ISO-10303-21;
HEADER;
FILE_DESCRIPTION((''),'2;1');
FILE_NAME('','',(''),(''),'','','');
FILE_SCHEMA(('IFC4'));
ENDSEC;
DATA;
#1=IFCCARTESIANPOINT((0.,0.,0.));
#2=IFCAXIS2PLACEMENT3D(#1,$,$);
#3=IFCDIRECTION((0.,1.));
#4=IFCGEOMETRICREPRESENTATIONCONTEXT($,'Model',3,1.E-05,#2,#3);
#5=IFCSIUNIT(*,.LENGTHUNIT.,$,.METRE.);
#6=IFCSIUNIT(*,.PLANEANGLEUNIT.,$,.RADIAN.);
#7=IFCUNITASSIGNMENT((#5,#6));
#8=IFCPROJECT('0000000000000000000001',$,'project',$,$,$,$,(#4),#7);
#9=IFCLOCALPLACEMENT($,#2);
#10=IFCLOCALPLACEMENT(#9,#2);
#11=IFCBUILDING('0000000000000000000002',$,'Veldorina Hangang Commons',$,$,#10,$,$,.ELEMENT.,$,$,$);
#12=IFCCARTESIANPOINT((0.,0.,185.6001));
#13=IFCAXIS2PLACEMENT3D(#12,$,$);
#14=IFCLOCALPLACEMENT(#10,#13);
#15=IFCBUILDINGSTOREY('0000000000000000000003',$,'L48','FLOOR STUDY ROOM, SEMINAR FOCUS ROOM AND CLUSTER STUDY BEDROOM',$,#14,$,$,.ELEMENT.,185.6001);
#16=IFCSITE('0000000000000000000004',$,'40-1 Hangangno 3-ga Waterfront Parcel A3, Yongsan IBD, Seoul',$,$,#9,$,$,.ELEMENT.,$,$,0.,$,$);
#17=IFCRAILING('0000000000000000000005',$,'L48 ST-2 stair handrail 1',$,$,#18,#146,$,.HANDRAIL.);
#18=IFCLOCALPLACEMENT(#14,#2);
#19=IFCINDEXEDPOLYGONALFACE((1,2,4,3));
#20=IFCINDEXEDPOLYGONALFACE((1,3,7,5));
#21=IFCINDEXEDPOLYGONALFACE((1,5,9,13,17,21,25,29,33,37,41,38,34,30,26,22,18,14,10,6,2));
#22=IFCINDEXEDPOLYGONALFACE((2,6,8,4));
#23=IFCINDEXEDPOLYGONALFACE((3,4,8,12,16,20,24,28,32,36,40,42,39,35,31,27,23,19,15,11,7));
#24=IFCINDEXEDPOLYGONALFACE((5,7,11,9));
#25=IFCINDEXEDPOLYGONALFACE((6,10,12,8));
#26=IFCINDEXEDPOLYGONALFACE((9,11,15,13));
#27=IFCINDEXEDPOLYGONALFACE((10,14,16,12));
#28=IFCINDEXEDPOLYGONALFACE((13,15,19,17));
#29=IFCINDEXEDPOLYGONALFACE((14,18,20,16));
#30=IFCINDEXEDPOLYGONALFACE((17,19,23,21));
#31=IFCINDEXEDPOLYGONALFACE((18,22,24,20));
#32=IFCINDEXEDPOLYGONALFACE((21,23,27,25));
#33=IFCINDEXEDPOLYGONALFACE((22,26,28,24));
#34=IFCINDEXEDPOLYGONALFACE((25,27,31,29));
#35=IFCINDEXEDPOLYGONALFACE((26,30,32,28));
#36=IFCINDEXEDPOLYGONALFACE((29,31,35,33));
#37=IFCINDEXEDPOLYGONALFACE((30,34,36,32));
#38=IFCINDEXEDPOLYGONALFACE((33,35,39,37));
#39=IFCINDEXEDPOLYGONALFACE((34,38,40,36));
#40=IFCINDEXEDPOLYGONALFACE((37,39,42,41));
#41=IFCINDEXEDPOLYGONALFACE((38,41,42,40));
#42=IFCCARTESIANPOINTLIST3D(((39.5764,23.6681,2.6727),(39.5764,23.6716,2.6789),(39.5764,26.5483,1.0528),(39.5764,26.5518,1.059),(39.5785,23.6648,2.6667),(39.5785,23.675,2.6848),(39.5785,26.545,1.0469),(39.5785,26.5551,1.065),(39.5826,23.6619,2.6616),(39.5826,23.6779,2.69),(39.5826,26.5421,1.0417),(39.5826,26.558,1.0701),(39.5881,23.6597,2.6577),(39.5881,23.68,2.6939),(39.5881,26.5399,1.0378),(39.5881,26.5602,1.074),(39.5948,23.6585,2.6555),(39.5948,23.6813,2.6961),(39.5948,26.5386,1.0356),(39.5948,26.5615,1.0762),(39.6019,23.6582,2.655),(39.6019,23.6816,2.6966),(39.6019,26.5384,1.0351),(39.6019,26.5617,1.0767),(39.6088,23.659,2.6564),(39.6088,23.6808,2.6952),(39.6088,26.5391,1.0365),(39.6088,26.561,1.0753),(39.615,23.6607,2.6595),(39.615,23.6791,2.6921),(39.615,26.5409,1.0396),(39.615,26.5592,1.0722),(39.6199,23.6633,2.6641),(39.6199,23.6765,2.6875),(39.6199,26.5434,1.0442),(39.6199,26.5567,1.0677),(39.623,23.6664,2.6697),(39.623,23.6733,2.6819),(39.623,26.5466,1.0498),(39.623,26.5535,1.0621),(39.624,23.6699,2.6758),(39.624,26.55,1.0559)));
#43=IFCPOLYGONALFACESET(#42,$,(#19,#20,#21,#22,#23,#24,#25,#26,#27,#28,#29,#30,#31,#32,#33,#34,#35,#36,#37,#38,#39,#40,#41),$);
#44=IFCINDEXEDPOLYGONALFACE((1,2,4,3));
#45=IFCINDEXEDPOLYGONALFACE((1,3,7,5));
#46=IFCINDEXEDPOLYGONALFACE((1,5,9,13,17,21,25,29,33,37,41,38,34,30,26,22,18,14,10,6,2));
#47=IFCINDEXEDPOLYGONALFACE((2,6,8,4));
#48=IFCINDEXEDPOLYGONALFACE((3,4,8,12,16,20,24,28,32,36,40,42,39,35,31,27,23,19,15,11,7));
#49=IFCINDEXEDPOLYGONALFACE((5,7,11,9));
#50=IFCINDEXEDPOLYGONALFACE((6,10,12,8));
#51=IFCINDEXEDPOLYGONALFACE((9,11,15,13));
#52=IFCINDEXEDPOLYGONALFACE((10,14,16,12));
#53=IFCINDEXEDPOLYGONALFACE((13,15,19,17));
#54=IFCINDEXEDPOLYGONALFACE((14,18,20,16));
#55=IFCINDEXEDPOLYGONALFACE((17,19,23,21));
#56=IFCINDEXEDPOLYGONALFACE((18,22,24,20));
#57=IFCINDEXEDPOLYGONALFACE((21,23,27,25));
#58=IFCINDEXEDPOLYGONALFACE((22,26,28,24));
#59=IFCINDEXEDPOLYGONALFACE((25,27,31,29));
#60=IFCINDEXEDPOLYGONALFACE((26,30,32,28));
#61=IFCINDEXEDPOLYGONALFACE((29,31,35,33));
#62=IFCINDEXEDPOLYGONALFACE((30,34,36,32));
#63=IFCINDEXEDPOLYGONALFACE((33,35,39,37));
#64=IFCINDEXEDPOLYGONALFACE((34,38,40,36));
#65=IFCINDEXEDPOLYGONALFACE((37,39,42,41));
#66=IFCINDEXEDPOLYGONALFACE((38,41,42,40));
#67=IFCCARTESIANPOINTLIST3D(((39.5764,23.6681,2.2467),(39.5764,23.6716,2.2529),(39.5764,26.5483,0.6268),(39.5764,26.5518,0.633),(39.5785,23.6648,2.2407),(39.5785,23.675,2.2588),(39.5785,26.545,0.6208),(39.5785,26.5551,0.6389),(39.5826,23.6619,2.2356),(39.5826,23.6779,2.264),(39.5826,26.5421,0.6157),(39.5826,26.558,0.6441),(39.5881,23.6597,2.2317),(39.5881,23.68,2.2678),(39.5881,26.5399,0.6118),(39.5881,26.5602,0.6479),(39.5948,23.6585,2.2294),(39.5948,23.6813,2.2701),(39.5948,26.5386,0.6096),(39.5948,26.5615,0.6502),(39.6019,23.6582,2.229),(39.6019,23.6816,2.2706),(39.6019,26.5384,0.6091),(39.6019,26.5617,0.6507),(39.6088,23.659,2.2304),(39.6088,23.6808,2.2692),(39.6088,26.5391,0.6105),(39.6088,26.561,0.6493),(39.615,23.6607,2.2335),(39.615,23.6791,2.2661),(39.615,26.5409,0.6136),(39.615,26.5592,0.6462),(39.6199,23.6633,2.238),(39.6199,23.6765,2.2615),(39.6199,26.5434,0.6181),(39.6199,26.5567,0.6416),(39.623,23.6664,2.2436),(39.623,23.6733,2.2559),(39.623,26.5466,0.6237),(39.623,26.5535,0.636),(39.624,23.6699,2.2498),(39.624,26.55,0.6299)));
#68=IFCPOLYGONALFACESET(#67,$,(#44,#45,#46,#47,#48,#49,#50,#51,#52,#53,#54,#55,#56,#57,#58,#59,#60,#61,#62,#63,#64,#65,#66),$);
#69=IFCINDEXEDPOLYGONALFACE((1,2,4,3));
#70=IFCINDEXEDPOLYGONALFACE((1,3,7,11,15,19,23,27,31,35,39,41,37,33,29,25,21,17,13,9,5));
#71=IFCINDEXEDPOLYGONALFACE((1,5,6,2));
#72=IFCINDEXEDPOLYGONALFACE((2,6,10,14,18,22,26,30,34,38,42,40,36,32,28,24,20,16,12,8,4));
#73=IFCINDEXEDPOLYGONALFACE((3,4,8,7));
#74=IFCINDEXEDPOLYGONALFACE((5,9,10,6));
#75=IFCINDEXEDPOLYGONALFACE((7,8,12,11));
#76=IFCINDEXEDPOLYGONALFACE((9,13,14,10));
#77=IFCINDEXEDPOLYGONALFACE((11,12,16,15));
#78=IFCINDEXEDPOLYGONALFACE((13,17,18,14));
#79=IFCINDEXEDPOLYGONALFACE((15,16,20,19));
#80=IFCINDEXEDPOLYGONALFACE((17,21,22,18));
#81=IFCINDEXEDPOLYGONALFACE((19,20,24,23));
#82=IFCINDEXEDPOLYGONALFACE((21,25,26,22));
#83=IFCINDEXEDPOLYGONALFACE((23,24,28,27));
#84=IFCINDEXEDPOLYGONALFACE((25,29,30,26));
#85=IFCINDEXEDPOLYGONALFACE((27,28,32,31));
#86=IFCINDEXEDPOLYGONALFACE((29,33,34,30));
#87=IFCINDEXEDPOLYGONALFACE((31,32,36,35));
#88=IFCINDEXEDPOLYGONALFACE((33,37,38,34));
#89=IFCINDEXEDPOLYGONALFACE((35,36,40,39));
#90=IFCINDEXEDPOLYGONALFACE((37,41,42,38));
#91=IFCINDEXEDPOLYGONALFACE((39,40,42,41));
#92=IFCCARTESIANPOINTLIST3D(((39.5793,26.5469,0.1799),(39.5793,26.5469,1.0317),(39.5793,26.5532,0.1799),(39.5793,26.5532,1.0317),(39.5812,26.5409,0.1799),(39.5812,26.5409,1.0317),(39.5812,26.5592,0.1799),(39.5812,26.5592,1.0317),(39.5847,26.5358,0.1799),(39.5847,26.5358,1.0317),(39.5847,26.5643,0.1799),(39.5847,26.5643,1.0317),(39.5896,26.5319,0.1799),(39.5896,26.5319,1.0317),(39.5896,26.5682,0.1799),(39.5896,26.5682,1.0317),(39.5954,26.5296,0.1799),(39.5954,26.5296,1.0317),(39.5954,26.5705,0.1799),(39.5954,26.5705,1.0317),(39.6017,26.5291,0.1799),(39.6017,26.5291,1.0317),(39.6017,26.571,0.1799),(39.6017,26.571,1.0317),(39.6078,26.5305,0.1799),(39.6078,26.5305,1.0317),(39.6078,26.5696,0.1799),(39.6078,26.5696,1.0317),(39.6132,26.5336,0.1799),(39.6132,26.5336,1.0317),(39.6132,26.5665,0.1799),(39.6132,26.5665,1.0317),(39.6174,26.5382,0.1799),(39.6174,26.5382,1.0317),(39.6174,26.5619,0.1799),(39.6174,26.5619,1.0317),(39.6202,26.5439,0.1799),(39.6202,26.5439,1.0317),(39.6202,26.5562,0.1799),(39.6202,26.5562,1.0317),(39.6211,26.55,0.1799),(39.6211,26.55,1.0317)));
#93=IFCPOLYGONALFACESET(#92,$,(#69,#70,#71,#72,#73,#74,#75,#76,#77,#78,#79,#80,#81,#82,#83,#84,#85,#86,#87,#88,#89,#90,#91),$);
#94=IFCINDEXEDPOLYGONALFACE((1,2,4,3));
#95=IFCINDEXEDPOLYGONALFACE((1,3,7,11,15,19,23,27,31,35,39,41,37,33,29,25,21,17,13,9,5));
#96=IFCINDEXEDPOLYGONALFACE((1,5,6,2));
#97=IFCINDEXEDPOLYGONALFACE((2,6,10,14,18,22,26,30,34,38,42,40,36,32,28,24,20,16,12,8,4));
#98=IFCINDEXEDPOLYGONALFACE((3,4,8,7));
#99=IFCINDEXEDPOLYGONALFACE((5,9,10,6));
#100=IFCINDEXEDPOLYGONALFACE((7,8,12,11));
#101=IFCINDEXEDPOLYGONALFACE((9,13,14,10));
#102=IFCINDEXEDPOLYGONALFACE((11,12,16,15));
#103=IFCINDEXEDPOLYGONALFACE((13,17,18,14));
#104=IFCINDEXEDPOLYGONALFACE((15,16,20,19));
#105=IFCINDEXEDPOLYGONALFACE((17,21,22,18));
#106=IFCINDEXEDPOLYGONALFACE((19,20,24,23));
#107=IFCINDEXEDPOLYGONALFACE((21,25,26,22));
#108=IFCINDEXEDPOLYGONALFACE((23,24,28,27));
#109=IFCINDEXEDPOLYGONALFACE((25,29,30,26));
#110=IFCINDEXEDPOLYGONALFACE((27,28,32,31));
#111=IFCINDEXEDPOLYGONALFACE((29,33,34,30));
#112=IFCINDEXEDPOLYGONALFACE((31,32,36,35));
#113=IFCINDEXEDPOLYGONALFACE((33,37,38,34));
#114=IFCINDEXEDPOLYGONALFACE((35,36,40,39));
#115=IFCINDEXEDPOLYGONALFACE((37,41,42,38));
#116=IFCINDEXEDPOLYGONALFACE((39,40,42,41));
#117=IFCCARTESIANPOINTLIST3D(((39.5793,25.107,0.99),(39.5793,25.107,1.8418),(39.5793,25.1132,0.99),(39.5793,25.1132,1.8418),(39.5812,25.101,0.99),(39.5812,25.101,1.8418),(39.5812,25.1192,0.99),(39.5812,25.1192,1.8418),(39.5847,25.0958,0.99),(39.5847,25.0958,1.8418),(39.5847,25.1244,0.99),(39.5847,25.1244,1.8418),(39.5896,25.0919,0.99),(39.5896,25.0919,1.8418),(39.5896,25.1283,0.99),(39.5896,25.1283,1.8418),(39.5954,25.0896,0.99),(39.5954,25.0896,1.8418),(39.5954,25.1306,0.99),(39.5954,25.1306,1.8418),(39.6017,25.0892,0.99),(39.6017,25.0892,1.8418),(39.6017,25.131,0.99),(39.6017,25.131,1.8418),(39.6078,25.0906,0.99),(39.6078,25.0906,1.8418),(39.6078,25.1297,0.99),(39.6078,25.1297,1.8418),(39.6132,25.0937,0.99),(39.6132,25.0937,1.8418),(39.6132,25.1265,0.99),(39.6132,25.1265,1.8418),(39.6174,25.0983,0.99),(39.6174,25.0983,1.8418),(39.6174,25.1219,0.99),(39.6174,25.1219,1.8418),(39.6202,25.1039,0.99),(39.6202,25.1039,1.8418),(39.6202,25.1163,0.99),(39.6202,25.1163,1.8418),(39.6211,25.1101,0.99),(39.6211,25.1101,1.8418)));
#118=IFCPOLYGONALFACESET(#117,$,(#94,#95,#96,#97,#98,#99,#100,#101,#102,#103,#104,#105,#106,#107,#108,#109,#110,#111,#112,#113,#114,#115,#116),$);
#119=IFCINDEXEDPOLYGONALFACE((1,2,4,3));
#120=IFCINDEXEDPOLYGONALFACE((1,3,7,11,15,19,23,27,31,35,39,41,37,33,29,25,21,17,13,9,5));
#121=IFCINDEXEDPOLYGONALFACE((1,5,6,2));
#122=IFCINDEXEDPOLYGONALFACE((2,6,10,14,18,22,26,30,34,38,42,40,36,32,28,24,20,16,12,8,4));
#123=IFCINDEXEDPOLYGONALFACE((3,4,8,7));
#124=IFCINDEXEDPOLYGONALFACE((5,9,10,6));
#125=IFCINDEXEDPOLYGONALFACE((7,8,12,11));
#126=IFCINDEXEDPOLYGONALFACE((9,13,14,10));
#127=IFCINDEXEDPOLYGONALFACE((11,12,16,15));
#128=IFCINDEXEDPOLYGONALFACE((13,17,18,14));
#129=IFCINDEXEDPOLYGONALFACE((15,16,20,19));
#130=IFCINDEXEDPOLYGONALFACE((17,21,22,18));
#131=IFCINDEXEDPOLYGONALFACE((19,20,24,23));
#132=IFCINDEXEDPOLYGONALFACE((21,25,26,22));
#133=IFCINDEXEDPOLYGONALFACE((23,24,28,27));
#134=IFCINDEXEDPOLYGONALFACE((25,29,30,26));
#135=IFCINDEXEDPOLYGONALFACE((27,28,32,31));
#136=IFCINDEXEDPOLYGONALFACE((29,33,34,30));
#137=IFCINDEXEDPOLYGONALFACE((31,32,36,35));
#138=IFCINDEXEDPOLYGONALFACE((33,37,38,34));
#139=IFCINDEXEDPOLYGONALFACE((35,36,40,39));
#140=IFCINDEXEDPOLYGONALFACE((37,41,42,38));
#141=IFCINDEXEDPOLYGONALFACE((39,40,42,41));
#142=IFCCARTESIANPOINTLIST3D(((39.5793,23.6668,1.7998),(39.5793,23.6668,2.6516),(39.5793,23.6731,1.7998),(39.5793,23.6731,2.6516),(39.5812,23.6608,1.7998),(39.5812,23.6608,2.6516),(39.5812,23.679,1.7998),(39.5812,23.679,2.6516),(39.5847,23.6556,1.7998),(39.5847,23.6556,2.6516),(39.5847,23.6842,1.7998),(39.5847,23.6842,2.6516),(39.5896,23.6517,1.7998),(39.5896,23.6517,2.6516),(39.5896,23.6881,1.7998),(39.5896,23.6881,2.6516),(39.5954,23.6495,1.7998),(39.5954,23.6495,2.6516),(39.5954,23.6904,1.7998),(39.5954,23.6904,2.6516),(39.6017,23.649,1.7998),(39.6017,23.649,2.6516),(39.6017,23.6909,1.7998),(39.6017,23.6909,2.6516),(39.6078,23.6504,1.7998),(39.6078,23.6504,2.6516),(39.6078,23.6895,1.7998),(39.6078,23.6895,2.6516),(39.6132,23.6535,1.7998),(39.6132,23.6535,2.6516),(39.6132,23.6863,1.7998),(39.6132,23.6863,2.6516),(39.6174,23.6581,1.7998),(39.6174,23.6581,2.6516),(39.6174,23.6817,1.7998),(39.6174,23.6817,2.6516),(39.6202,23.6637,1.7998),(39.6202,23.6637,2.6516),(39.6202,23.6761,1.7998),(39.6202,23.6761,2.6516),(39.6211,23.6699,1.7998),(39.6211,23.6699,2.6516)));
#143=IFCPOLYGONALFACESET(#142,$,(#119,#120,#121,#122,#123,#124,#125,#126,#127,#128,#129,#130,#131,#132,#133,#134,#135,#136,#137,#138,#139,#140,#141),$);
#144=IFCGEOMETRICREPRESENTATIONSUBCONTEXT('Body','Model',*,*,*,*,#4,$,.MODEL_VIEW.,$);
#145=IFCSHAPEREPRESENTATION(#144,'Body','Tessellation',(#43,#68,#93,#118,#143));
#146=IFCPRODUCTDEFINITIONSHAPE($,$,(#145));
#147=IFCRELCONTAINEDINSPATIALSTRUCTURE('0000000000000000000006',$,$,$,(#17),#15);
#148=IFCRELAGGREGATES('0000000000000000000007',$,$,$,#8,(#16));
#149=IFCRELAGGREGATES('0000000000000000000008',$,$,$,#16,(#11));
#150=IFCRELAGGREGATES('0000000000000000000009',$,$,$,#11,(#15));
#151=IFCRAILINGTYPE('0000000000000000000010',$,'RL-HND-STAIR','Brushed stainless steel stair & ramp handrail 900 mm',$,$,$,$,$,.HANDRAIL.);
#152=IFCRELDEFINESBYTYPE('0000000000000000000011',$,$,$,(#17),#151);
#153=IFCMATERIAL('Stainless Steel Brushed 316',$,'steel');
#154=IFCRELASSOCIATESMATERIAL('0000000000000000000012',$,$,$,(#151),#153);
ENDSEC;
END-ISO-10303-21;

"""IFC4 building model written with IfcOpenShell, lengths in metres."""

from ifc_helpers import new_model, si_unit, direction, frame, origin, origin_2d, place, context, subcontext, project, spatial, circle, extrude, material, type_object, element, save


model = new_model("IFC4")

# Units and contexts
model_context = context("Model", 3, precision=1e-05, world=origin(), true_north=direction((0.0, 1.0)))
body_context = subcontext(model_context, "Body", "Model", "MODEL_VIEW")
ifc_project = project(units=[si_unit("LENGTHUNIT", "METRE"), si_unit("PLANEANGLEUNIT", "RADIAN")], contexts=[model_context])

# Site, building, storey
site_placement = place(None, origin())
site = spatial("IfcSite", under=ifc_project, at=site_placement, Name="40-1 Hangangno 3-ga Waterfront Parcel A3, Yongsan IBD, Seoul", CompositionType="ELEMENT", RefElevation=0.0)
building_placement = place(site_placement, origin())
building = spatial("IfcBuilding", under=site, at=building_placement, Name="Veldorina Hangang Commons", CompositionType="ELEMENT")
storey_placement = place(building_placement, frame((0.0, 0.0, 185.6001)))
storey = spatial("IfcBuildingStorey", under=building, at=storey_placement, Name="L48", Description="FLOOR STUDY ROOM, SEMINAR FOCUS ROOM AND CLUSTER STUDY BEDROOM", CompositionType="ELEMENT", Elevation=185.6001)

# Railing
ifc_material_1 = material(Name="Stainless Steel Brushed 316", Category="steel")
railing_type_1 = type_object("IfcRailingType", Name="RL-HND-STAIR", Description="Brushed stainless steel stair & ramp handrail 900 mm", PredefinedType="HANDRAIL", material=ifc_material_1)
railing_1_placement = place(storey_placement, frame((39.6001, 26.55, 0.1799)))
element("IfcRailing", 1, at=railing_1_placement, inside=storey, type_object=railing_type_1, Name="L48 ST-2 stair handrail 1", PredefinedType="HANDRAIL", context=body_context, shape_type="SweptSolid", body=[
    extrude(circle(Radius=0.0239, at=origin_2d()), frame((0.0, 0.0, 0.876), z_axis=(0.0, -0.871601, 0.490216), x_axis=(1.0, 0.0, 0.0)), (0.0, 0.0, 1.0), 3.3044),
    extrude(circle(Radius=0.0239, at=origin_2d()), frame((0.0, 0.0, 0.45), z_axis=(0.0, -0.871601, 0.490216), x_axis=(1.0, 0.0, 0.0)), (0.0, 0.0, 1.0), 3.3044),
    extrude(circle(Radius=0.021, at=origin_2d()), origin(), (0.0, 0.0, 1.0), 0.8518),
    extrude(circle(Radius=0.021, at=origin_2d()), frame((0.0, -1.4399, 0.8101)), (0.0, 0.0, 1.0), 0.8518),
    extrude(circle(Radius=0.021, at=origin_2d()), frame((0.0, -2.8801, 1.6199)), (0.0, 0.0, 1.0), 0.8518),
])

save(model, "model.ifc")
